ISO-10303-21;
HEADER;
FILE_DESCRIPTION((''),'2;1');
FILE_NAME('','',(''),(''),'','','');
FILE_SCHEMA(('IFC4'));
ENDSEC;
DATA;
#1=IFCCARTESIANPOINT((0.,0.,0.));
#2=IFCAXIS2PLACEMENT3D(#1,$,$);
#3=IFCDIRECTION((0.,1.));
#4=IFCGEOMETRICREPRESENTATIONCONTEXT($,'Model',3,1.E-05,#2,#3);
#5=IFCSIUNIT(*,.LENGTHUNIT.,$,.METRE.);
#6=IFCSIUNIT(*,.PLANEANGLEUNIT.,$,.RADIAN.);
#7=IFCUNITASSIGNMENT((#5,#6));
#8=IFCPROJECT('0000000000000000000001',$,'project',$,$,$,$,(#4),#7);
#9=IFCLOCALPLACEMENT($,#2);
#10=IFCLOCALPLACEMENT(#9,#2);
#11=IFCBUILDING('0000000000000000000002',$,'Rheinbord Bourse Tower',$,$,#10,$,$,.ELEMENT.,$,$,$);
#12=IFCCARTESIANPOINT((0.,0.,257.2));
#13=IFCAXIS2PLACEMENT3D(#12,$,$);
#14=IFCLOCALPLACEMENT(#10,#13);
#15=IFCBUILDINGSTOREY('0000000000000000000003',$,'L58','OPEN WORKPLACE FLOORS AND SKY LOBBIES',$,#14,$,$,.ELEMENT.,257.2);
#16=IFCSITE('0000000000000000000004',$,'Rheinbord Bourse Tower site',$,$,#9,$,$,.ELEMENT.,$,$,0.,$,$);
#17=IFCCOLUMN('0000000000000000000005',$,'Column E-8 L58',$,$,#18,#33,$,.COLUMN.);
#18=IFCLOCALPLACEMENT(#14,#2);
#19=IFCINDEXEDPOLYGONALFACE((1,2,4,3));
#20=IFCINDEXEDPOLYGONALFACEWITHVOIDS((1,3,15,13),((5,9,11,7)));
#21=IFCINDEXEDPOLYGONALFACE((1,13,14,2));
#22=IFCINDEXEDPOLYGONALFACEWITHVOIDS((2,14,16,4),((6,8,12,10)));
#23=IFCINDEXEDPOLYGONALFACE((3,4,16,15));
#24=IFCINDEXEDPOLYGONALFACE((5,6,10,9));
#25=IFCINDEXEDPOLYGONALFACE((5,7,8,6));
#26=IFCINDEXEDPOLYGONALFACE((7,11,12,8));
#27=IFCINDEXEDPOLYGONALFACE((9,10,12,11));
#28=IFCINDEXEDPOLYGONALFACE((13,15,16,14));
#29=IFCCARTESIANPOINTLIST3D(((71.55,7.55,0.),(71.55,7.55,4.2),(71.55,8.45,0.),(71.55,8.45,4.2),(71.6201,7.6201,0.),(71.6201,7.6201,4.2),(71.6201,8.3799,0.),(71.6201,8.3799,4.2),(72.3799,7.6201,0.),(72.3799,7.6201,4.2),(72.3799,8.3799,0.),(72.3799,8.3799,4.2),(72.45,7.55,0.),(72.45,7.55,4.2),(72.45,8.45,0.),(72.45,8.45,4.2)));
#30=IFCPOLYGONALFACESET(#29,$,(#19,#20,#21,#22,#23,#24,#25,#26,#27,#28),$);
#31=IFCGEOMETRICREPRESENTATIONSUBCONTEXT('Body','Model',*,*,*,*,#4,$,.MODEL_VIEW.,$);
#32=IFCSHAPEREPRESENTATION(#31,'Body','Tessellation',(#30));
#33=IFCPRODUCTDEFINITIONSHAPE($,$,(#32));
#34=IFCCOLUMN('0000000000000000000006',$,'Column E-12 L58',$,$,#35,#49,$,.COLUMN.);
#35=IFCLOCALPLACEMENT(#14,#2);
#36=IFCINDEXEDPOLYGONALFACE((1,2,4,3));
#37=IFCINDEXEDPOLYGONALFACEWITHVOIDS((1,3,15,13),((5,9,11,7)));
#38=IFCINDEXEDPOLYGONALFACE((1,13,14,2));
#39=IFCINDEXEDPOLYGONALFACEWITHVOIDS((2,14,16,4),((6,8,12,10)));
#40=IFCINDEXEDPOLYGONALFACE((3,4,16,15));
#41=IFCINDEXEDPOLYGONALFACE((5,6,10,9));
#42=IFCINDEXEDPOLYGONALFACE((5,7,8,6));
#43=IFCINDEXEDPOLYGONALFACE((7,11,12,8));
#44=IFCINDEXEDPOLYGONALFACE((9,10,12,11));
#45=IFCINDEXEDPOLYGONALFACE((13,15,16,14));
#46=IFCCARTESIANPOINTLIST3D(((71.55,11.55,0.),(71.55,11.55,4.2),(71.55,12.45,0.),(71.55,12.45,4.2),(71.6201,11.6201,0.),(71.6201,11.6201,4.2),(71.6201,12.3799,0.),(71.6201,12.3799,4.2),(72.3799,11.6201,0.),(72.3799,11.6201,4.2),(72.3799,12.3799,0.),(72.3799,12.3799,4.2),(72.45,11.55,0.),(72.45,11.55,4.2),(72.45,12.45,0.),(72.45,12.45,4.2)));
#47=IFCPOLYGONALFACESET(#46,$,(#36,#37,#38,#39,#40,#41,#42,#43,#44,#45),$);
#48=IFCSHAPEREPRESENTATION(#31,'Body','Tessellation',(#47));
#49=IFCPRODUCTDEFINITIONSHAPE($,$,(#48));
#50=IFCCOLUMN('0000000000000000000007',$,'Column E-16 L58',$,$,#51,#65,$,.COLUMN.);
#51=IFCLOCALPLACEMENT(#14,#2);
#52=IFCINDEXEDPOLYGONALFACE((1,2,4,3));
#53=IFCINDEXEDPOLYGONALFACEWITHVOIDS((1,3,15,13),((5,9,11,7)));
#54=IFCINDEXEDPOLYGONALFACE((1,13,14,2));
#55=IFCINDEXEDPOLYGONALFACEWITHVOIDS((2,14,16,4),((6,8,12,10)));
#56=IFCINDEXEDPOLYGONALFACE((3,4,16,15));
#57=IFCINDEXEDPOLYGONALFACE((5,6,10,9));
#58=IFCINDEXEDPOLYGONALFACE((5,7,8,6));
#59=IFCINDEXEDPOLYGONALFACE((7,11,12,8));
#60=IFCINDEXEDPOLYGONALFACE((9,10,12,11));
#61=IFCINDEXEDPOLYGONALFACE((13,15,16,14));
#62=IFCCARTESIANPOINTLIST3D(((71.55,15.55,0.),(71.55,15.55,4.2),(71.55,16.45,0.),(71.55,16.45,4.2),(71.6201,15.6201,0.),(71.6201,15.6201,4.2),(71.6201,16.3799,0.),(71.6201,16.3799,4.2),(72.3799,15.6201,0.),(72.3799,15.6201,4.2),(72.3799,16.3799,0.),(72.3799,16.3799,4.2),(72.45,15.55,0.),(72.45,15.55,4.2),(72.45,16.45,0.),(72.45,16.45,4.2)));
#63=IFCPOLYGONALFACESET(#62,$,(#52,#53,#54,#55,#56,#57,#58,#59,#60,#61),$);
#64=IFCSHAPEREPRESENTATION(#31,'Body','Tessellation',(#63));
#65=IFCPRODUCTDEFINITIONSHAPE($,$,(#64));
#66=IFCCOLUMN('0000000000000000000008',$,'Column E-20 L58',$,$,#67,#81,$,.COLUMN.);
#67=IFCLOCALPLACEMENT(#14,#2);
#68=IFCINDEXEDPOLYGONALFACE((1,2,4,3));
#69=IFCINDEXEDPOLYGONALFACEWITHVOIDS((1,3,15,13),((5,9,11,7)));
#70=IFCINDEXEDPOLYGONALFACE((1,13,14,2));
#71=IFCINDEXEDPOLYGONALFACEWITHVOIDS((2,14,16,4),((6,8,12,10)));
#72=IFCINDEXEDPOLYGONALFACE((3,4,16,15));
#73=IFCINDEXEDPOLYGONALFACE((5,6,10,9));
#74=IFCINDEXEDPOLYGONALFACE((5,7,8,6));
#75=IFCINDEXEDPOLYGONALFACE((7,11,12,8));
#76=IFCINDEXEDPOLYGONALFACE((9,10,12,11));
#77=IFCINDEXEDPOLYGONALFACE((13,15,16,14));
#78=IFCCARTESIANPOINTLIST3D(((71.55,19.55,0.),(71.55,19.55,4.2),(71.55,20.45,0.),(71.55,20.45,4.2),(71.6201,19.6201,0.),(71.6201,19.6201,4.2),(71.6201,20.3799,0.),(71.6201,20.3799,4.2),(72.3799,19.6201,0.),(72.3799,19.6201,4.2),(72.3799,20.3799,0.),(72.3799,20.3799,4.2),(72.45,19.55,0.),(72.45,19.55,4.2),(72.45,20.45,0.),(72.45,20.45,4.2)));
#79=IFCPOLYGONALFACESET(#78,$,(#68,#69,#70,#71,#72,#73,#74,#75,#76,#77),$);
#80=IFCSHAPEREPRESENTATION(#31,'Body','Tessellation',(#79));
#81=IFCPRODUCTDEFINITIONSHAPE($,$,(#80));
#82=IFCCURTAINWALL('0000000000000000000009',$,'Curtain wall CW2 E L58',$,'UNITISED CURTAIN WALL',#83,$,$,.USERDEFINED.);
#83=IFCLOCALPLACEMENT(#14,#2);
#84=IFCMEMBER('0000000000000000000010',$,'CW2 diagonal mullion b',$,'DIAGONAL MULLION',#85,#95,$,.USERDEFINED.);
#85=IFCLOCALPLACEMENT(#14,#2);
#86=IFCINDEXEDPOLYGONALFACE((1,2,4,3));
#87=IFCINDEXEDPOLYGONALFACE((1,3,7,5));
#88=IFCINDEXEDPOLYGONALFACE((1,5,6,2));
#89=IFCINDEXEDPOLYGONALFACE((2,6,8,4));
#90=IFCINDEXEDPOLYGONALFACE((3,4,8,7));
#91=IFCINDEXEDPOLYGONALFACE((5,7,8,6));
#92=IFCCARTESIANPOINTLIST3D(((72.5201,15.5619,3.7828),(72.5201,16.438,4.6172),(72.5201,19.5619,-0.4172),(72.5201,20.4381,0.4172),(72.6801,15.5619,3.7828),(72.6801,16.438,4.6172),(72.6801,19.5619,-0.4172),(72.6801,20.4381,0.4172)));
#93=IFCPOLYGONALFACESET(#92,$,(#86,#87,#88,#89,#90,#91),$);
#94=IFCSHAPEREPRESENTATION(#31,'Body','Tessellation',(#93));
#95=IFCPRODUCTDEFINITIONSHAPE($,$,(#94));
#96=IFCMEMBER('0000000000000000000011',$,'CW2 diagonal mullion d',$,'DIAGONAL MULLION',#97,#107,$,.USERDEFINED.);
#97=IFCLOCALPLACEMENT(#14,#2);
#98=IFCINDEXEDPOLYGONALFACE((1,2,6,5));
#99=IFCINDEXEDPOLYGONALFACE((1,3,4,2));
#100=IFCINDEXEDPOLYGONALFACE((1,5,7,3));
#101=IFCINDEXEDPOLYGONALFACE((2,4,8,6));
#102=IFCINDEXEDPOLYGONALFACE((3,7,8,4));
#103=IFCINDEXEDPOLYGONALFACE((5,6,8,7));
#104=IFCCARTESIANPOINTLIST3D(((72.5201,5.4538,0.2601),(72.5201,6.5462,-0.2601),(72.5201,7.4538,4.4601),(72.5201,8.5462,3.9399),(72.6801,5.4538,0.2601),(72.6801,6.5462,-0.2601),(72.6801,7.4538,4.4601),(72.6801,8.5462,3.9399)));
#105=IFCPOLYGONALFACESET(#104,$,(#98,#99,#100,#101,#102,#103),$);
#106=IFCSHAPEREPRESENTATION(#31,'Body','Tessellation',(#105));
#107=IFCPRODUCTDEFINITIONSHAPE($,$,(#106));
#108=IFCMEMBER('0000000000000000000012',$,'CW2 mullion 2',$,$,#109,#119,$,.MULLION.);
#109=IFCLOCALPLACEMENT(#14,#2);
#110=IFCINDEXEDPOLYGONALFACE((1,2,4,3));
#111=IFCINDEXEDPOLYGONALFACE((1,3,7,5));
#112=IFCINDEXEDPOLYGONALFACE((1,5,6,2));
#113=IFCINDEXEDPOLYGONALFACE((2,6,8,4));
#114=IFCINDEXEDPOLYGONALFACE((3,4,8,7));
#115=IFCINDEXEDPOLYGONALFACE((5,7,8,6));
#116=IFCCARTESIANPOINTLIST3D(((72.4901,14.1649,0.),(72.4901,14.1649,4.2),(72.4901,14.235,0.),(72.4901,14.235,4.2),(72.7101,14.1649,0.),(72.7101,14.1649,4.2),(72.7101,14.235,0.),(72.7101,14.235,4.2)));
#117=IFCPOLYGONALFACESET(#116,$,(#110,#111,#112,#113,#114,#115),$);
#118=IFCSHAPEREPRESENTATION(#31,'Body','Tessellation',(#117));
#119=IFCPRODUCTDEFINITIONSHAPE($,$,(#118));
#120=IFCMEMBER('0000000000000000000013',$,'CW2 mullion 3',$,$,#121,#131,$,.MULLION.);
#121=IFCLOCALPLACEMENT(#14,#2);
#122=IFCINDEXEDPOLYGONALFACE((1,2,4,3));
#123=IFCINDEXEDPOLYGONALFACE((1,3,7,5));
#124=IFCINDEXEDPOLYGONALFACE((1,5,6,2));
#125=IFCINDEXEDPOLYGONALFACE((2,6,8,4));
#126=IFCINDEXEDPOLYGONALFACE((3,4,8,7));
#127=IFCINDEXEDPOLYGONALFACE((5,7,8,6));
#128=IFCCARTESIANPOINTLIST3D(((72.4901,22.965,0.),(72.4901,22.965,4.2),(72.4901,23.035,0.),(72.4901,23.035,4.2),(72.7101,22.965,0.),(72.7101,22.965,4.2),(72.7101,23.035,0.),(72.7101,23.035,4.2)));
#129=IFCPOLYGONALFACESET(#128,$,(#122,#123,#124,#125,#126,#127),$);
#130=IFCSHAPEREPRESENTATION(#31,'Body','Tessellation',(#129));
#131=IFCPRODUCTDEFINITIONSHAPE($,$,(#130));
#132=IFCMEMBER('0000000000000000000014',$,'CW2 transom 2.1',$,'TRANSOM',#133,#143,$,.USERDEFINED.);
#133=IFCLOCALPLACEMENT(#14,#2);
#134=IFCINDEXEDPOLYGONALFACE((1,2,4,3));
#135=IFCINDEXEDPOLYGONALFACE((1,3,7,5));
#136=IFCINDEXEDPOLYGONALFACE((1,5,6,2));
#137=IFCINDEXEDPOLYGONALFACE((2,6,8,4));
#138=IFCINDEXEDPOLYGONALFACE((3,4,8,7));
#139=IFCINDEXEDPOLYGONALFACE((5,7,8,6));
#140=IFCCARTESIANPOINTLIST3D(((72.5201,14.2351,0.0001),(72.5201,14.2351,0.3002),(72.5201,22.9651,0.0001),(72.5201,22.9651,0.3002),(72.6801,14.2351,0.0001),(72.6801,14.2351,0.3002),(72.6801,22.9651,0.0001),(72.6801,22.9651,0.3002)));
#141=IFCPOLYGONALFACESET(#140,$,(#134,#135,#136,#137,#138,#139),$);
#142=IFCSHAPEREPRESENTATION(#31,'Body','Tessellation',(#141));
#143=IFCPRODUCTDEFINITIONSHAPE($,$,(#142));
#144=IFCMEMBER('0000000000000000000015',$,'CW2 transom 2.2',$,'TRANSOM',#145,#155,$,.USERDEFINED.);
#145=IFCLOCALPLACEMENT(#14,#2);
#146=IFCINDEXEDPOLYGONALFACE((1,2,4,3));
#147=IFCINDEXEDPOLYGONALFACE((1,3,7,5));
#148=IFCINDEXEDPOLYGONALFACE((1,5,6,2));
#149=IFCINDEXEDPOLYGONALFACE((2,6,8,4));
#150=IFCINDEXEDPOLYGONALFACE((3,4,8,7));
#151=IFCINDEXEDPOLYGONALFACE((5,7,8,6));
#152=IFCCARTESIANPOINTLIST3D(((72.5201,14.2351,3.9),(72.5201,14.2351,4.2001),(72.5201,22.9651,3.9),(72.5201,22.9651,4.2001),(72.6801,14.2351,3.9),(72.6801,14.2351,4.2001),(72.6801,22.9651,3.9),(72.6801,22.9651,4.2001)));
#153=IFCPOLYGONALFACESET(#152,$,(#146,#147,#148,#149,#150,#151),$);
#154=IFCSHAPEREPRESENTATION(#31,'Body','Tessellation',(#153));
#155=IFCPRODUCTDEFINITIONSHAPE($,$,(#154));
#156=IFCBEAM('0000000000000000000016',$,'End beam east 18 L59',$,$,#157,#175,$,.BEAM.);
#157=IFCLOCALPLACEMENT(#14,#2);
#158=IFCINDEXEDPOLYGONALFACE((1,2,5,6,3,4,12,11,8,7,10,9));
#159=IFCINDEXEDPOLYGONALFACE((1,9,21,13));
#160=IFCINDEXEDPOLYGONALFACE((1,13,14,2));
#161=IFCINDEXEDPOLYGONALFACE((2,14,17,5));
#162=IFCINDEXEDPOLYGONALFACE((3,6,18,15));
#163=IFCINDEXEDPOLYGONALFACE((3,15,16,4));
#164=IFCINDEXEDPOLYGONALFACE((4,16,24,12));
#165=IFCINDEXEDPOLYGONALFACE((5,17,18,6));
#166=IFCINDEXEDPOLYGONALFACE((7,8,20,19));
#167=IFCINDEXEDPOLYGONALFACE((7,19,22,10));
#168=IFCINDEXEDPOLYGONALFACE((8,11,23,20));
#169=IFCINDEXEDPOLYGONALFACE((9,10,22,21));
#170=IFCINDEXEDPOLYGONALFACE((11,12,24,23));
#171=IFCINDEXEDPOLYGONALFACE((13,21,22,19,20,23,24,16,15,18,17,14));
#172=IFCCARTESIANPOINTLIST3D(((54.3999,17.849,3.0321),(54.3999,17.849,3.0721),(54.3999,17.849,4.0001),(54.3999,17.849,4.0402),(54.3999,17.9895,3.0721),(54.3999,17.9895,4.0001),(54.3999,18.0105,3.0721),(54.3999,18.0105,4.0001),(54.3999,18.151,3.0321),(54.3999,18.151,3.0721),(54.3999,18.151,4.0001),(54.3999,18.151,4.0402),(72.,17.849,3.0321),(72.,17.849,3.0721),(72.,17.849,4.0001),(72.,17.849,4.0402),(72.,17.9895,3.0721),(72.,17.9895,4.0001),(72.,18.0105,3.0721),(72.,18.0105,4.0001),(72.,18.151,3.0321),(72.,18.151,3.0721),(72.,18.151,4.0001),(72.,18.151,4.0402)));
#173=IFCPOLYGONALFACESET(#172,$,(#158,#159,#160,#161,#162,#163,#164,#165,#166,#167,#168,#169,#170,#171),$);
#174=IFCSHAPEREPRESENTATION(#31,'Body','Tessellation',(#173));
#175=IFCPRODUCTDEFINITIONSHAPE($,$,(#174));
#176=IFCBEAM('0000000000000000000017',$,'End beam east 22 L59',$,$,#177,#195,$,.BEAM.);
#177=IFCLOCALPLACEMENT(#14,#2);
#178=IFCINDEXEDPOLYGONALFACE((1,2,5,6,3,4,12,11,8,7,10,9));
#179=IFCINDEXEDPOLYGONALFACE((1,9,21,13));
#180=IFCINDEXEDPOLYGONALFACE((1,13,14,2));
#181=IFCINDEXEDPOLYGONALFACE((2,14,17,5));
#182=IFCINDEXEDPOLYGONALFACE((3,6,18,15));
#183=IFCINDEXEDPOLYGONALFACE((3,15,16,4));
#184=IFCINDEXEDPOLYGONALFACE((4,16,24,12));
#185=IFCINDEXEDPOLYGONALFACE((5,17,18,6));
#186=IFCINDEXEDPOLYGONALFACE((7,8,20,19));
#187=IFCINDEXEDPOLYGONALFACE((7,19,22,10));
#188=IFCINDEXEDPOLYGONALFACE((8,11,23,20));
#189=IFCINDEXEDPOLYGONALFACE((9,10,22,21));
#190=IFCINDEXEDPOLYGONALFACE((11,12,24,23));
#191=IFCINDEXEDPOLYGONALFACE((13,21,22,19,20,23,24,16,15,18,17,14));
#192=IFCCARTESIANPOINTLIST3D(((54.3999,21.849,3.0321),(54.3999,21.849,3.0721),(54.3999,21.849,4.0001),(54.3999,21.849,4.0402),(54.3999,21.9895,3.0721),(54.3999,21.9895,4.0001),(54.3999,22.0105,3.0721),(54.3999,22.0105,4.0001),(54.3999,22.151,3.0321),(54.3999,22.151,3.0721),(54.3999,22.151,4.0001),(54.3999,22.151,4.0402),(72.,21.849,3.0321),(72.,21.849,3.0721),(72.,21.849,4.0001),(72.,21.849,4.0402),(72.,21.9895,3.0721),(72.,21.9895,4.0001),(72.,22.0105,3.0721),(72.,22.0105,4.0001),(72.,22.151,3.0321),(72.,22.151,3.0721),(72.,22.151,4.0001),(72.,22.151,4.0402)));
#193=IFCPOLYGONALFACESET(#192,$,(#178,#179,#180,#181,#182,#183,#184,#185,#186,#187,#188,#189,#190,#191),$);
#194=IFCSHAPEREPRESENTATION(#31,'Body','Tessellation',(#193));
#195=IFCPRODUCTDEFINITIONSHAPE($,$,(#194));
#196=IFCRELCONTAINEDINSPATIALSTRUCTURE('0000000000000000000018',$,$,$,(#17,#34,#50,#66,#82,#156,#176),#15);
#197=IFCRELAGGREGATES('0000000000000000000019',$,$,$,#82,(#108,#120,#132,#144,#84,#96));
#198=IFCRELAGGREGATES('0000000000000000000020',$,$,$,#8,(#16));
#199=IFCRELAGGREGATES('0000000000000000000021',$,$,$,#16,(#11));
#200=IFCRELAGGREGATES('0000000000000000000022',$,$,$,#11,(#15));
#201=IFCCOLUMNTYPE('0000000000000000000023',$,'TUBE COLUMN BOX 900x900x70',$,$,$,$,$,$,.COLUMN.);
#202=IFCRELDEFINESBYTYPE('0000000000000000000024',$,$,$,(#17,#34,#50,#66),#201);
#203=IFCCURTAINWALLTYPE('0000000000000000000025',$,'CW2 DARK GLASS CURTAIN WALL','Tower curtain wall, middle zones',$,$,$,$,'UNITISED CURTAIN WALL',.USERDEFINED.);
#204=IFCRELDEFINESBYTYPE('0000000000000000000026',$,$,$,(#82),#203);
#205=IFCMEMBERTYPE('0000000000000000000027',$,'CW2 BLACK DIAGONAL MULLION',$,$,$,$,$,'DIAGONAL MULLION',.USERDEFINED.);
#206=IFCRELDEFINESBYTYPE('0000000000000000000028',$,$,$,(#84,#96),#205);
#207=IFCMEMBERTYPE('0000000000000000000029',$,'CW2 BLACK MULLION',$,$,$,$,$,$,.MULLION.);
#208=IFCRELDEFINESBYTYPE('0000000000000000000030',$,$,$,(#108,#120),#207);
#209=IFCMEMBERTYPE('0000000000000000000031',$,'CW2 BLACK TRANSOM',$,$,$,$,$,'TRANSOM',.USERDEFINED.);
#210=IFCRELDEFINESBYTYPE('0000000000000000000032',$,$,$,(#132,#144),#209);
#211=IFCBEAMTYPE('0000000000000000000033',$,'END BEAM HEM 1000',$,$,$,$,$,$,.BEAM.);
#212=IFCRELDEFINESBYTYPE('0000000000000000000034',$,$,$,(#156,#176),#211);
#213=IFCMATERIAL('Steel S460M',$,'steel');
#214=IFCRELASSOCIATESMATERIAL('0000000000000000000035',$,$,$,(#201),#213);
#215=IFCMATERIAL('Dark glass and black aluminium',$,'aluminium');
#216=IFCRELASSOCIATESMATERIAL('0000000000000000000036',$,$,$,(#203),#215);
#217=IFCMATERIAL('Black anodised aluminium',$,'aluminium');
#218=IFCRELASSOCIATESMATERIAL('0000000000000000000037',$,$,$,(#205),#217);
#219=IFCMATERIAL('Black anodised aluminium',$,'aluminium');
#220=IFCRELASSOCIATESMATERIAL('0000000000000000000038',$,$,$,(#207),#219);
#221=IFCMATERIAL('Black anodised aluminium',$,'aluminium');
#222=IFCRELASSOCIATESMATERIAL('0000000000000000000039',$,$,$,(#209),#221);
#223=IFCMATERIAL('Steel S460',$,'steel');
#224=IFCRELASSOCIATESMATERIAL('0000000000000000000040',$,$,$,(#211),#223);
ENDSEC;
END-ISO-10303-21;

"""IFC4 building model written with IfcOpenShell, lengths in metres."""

from ifc_helpers import new_model, si_unit, direction, frame, origin, origin_2d, place, context, subcontext, project, spatial, rectangle, hollow_rectangle, i_section, extrude, material, material_profile, profile_set, type_object, element, aggregate, save


model = new_model("IFC4")

# Units and contexts
model_context = context("Model", 3, precision=1e-05, world=origin(), true_north=direction((0.0, 1.0)))
body_context = subcontext(model_context, "Body", "Model", "MODEL_VIEW")
ifc_project = project(units=[si_unit("LENGTHUNIT", "METRE"), si_unit("PLANEANGLEUNIT", "RADIAN")], contexts=[model_context])

# Site, building, storey
site_placement = place(None, origin())
site = spatial("IfcSite", under=ifc_project, at=site_placement, Name="Rheinbord Bourse Tower site", CompositionType="ELEMENT", RefElevation=0.0)
building_placement = place(site_placement, origin())
building = spatial("IfcBuilding", under=site, at=building_placement, Name="Rheinbord Bourse Tower", CompositionType="ELEMENT")
storey_placement = place(building_placement, frame((0.0, 0.0, 257.2)))
storey = spatial("IfcBuildingStorey", under=building, at=storey_placement, Name="L58", Description="OPEN WORKPLACE FLOORS AND SKY LOBBIES", CompositionType="ELEMENT", Elevation=257.2)

# Columns
ifc_material_1 = material(Name="Steel S460M", Category="steel")
ifc_material_profile_1 = material_profile(ifc_material_1, hollow_rectangle(XDim=0.8999, YDim=0.8999, WallThickness=0.0701, at=origin_2d()), Name="BOX 900x900x70")
ifc_profile_set_1 = profile_set([ifc_material_profile_1], Name="Steel S460M")
column_type = type_object("IfcColumnType", Name="TUBE COLUMN BOX 900x900x70", PredefinedType="COLUMN", material=ifc_profile_set_1)
for number, where, z_axis, x_axis, name in (
    (1, (72.0, 8.0, 0.0), (0.0, 0.0, 1.0), (1.0, 0.0, 0.0), "Column E-8 L58"),
    (2, (72.0, 12.0, 0.0), (0.0, 0.0, 1.0), (1.0, 0.0, 0.0), "Column E-12 L58"),
    (3, (72.0, 16.0, 0.0), (0.0, 0.0, 1.0), (1.0, 0.0, 0.0), "Column E-16 L58"),
    (4, (72.0, 20.0, 0.0), (0.0, 0.0, 1.0), (1.0, 0.0, 0.0), "Column E-20 L58"),
):
    element("IfcColumn", number, at=place(storey_placement, frame(where, z_axis=z_axis, x_axis=x_axis)), inside=storey, type_object=column_type, Name=name, PredefinedType="COLUMN", context=body_context, shape_type="SweptSolid", body=[
        extrude(hollow_rectangle(XDim=0.8999, YDim=0.8999, WallThickness=0.0701, at=origin_2d()), origin(), (0.0, 0.0, 1.0), 4.2),
    ])

# Curtain wall, members
ifc_material_2 = material(Name="Dark glass and black aluminium", Category="aluminium")
curtain_wall_type = type_object("IfcCurtainWallType", Name="CW2 DARK GLASS CURTAIN WALL", Description="Tower curtain wall, middle zones", ElementType="UNITISED CURTAIN WALL", PredefinedType="USERDEFINED", material=ifc_material_2)
curtain_wall_placement = place(storey_placement, origin())
curtain_wall = element("IfcCurtainWall", 5, at=curtain_wall_placement, inside=storey, type_object=curtain_wall_type, Name="Curtain wall CW2 E L58", ObjectType="UNITISED CURTAIN WALL", PredefinedType="USERDEFINED")
ifc_material_3 = material(Name="Black anodised aluminium", Category="aluminium")
ifc_material_profile_2 = material_profile(ifc_material_3, rectangle(XDim=0.1599, YDim=1.21, at=origin_2d()), Name="CW2 DIAGONAL MULLION 1210x160")
ifc_profile_set_2 = profile_set([ifc_material_profile_2], Name="Black anodised aluminium")
member_type_1 = type_object("IfcMemberType", Name="CW2 BLACK DIAGONAL MULLION", ElementType="DIAGONAL MULLION", PredefinedType="USERDEFINED", material=ifc_profile_set_2)
member_1_placement = place(storey_placement, frame((72.6001, 20.0, 0.0), z_axis=(0.0, -0.689659, 0.724134), x_axis=(1.0, 0.0, 0.0)))
member_1 = element("IfcMember", 6, at=member_1_placement, type_object=member_type_1, Name="CW2 diagonal mullion b", ObjectType="DIAGONAL MULLION", PredefinedType="USERDEFINED", context=body_context, shape_type="SweptSolid", body=[
    extrude(rectangle(XDim=0.1599, YDim=1.21, at=origin_2d()), origin(), (0.0, 0.0, 1.0), 5.8),
])
member_2_placement = place(storey_placement, frame((72.6001, 6.0, 0.0), z_axis=(0.0, 0.429938, 0.902859), x_axis=(-1.0, 0.0, 0.0)))
member_2 = element("IfcMember", 7, at=member_2_placement, type_object=member_type_1, Name="CW2 diagonal mullion d", ObjectType="DIAGONAL MULLION", PredefinedType="USERDEFINED", context=body_context, shape_type="SweptSolid", body=[
    extrude(rectangle(XDim=0.1599, YDim=1.21, at=origin_2d()), origin(), (0.0, 0.0, 1.0), 4.6519),
])
ifc_material_4 = material(Name="Black anodised aluminium", Category="aluminium")
ifc_material_profile_3 = material_profile(ifc_material_4, rectangle(XDim=0.22, YDim=0.0701, at=origin_2d()), Name="CW2 MULLION 70x220")
ifc_profile_set_3 = profile_set([ifc_material_profile_3], Name="Black anodised aluminium")
member_type_2 = type_object("IfcMemberType", Name="CW2 BLACK MULLION", PredefinedType="MULLION", material=ifc_profile_set_3)
member_3_placement = place(storey_placement, frame((72.6001, 14.2, 0.0), z_axis=(0.0, 0.0, 1.0), x_axis=(-1.0, 0.0, 0.0)))
member_3 = element("IfcMember", 8, at=member_3_placement, type_object=member_type_2, Name="CW2 mullion 2", PredefinedType="MULLION", context=body_context, shape_type="SweptSolid", body=[
    extrude(rectangle(XDim=0.22, YDim=0.0701, at=origin_2d()), origin(), (0.0, 0.0, 1.0), 4.2),
])
member_4_placement = place(storey_placement, frame((72.6001, 23.0, 0.0), z_axis=(0.0, 0.0, 1.0), x_axis=(-1.0, 0.0, 0.0)))
member_4 = element("IfcMember", 9, at=member_4_placement, type_object=member_type_2, Name="CW2 mullion 3", PredefinedType="MULLION", context=body_context, shape_type="SweptSolid", body=[
    extrude(rectangle(XDim=0.22, YDim=0.0701, at=origin_2d()), origin(), (0.0, 0.0, 1.0), 4.2),
])
ifc_material_5 = material(Name="Black anodised aluminium", Category="aluminium")
ifc_material_profile_4 = material_profile(ifc_material_5, rectangle(XDim=0.1599, YDim=0.3, at=origin_2d()), Name="CW2 TRANSOM 300x160")
ifc_profile_set_4 = profile_set([ifc_material_profile_4], Name="Black anodised aluminium")
member_type_3 = type_object("IfcMemberType", Name="CW2 BLACK TRANSOM", ElementType="TRANSOM", PredefinedType="USERDEFINED", material=ifc_profile_set_4)
member_5_placement = place(storey_placement, frame((72.6001, 14.2351, 0.1501), z_axis=(0.0, 1.0, 0.0), x_axis=(-1.0, 0.0, 0.0)))
member_5 = element("IfcMember", 10, at=member_5_placement, type_object=member_type_3, Name="CW2 transom 2.1", ObjectType="TRANSOM", PredefinedType="USERDEFINED", context=body_context, shape_type="SweptSolid", body=[
    extrude(rectangle(XDim=0.1599, YDim=0.3, at=origin_2d()), origin(), (0.0, 0.0, 1.0), 8.73),
])
member_6_placement = place(storey_placement, frame((72.6001, 14.2351, 4.05), z_axis=(0.0, 1.0, 0.0), x_axis=(-1.0, 0.0, 0.0)))
member_6 = element("IfcMember", 11, at=member_6_placement, type_object=member_type_3, Name="CW2 transom 2.2", ObjectType="TRANSOM", PredefinedType="USERDEFINED", context=body_context, shape_type="SweptSolid", body=[
    extrude(rectangle(XDim=0.1599, YDim=0.3, at=origin_2d()), origin(), (0.0, 0.0, 1.0), 8.73),
])

# Beams
ifc_material_6 = material(Name="Steel S460", Category="steel")
ifc_material_profile_5 = material_profile(ifc_material_6, i_section(OverallWidth=0.302, OverallDepth=1.0081, WebThickness=0.021, FlangeThickness=0.04, at=origin_2d()), Name="HEM 1000")
ifc_profile_set_5 = profile_set([ifc_material_profile_5], Name="Steel S460")
beam_type_1 = type_object("IfcBeamType", Name="END BEAM HEM 1000", PredefinedType="BEAM", material=ifc_profile_set_5)
for number, where, z_axis, x_axis, name in (
    (12, (54.3999, 18.0, 3.5361), (1.0, 0.0, 0.0), (0.0, 1.0, 0.0), "End beam east 18 L59"),
    (13, (54.3999, 22.0, 3.5361), (1.0, 0.0, 0.0), (0.0, 1.0, 0.0), "End beam east 22 L59"),
):
    element("IfcBeam", number, at=place(storey_placement, frame(where, z_axis=z_axis, x_axis=x_axis)), inside=storey, type_object=beam_type_1, Name=name, PredefinedType="BEAM", context=body_context, shape_type="SweptSolid", body=[
        extrude(i_section(OverallWidth=0.302, OverallDepth=1.0081, WebThickness=0.021, FlangeThickness=0.04, at=origin_2d()), origin(), (0.0, 0.0, 1.0), 17.6001),
    ])

aggregate(curtain_wall, [member_3, member_4, member_5, member_6, member_1, member_2])

save(model, "model.ifc")
